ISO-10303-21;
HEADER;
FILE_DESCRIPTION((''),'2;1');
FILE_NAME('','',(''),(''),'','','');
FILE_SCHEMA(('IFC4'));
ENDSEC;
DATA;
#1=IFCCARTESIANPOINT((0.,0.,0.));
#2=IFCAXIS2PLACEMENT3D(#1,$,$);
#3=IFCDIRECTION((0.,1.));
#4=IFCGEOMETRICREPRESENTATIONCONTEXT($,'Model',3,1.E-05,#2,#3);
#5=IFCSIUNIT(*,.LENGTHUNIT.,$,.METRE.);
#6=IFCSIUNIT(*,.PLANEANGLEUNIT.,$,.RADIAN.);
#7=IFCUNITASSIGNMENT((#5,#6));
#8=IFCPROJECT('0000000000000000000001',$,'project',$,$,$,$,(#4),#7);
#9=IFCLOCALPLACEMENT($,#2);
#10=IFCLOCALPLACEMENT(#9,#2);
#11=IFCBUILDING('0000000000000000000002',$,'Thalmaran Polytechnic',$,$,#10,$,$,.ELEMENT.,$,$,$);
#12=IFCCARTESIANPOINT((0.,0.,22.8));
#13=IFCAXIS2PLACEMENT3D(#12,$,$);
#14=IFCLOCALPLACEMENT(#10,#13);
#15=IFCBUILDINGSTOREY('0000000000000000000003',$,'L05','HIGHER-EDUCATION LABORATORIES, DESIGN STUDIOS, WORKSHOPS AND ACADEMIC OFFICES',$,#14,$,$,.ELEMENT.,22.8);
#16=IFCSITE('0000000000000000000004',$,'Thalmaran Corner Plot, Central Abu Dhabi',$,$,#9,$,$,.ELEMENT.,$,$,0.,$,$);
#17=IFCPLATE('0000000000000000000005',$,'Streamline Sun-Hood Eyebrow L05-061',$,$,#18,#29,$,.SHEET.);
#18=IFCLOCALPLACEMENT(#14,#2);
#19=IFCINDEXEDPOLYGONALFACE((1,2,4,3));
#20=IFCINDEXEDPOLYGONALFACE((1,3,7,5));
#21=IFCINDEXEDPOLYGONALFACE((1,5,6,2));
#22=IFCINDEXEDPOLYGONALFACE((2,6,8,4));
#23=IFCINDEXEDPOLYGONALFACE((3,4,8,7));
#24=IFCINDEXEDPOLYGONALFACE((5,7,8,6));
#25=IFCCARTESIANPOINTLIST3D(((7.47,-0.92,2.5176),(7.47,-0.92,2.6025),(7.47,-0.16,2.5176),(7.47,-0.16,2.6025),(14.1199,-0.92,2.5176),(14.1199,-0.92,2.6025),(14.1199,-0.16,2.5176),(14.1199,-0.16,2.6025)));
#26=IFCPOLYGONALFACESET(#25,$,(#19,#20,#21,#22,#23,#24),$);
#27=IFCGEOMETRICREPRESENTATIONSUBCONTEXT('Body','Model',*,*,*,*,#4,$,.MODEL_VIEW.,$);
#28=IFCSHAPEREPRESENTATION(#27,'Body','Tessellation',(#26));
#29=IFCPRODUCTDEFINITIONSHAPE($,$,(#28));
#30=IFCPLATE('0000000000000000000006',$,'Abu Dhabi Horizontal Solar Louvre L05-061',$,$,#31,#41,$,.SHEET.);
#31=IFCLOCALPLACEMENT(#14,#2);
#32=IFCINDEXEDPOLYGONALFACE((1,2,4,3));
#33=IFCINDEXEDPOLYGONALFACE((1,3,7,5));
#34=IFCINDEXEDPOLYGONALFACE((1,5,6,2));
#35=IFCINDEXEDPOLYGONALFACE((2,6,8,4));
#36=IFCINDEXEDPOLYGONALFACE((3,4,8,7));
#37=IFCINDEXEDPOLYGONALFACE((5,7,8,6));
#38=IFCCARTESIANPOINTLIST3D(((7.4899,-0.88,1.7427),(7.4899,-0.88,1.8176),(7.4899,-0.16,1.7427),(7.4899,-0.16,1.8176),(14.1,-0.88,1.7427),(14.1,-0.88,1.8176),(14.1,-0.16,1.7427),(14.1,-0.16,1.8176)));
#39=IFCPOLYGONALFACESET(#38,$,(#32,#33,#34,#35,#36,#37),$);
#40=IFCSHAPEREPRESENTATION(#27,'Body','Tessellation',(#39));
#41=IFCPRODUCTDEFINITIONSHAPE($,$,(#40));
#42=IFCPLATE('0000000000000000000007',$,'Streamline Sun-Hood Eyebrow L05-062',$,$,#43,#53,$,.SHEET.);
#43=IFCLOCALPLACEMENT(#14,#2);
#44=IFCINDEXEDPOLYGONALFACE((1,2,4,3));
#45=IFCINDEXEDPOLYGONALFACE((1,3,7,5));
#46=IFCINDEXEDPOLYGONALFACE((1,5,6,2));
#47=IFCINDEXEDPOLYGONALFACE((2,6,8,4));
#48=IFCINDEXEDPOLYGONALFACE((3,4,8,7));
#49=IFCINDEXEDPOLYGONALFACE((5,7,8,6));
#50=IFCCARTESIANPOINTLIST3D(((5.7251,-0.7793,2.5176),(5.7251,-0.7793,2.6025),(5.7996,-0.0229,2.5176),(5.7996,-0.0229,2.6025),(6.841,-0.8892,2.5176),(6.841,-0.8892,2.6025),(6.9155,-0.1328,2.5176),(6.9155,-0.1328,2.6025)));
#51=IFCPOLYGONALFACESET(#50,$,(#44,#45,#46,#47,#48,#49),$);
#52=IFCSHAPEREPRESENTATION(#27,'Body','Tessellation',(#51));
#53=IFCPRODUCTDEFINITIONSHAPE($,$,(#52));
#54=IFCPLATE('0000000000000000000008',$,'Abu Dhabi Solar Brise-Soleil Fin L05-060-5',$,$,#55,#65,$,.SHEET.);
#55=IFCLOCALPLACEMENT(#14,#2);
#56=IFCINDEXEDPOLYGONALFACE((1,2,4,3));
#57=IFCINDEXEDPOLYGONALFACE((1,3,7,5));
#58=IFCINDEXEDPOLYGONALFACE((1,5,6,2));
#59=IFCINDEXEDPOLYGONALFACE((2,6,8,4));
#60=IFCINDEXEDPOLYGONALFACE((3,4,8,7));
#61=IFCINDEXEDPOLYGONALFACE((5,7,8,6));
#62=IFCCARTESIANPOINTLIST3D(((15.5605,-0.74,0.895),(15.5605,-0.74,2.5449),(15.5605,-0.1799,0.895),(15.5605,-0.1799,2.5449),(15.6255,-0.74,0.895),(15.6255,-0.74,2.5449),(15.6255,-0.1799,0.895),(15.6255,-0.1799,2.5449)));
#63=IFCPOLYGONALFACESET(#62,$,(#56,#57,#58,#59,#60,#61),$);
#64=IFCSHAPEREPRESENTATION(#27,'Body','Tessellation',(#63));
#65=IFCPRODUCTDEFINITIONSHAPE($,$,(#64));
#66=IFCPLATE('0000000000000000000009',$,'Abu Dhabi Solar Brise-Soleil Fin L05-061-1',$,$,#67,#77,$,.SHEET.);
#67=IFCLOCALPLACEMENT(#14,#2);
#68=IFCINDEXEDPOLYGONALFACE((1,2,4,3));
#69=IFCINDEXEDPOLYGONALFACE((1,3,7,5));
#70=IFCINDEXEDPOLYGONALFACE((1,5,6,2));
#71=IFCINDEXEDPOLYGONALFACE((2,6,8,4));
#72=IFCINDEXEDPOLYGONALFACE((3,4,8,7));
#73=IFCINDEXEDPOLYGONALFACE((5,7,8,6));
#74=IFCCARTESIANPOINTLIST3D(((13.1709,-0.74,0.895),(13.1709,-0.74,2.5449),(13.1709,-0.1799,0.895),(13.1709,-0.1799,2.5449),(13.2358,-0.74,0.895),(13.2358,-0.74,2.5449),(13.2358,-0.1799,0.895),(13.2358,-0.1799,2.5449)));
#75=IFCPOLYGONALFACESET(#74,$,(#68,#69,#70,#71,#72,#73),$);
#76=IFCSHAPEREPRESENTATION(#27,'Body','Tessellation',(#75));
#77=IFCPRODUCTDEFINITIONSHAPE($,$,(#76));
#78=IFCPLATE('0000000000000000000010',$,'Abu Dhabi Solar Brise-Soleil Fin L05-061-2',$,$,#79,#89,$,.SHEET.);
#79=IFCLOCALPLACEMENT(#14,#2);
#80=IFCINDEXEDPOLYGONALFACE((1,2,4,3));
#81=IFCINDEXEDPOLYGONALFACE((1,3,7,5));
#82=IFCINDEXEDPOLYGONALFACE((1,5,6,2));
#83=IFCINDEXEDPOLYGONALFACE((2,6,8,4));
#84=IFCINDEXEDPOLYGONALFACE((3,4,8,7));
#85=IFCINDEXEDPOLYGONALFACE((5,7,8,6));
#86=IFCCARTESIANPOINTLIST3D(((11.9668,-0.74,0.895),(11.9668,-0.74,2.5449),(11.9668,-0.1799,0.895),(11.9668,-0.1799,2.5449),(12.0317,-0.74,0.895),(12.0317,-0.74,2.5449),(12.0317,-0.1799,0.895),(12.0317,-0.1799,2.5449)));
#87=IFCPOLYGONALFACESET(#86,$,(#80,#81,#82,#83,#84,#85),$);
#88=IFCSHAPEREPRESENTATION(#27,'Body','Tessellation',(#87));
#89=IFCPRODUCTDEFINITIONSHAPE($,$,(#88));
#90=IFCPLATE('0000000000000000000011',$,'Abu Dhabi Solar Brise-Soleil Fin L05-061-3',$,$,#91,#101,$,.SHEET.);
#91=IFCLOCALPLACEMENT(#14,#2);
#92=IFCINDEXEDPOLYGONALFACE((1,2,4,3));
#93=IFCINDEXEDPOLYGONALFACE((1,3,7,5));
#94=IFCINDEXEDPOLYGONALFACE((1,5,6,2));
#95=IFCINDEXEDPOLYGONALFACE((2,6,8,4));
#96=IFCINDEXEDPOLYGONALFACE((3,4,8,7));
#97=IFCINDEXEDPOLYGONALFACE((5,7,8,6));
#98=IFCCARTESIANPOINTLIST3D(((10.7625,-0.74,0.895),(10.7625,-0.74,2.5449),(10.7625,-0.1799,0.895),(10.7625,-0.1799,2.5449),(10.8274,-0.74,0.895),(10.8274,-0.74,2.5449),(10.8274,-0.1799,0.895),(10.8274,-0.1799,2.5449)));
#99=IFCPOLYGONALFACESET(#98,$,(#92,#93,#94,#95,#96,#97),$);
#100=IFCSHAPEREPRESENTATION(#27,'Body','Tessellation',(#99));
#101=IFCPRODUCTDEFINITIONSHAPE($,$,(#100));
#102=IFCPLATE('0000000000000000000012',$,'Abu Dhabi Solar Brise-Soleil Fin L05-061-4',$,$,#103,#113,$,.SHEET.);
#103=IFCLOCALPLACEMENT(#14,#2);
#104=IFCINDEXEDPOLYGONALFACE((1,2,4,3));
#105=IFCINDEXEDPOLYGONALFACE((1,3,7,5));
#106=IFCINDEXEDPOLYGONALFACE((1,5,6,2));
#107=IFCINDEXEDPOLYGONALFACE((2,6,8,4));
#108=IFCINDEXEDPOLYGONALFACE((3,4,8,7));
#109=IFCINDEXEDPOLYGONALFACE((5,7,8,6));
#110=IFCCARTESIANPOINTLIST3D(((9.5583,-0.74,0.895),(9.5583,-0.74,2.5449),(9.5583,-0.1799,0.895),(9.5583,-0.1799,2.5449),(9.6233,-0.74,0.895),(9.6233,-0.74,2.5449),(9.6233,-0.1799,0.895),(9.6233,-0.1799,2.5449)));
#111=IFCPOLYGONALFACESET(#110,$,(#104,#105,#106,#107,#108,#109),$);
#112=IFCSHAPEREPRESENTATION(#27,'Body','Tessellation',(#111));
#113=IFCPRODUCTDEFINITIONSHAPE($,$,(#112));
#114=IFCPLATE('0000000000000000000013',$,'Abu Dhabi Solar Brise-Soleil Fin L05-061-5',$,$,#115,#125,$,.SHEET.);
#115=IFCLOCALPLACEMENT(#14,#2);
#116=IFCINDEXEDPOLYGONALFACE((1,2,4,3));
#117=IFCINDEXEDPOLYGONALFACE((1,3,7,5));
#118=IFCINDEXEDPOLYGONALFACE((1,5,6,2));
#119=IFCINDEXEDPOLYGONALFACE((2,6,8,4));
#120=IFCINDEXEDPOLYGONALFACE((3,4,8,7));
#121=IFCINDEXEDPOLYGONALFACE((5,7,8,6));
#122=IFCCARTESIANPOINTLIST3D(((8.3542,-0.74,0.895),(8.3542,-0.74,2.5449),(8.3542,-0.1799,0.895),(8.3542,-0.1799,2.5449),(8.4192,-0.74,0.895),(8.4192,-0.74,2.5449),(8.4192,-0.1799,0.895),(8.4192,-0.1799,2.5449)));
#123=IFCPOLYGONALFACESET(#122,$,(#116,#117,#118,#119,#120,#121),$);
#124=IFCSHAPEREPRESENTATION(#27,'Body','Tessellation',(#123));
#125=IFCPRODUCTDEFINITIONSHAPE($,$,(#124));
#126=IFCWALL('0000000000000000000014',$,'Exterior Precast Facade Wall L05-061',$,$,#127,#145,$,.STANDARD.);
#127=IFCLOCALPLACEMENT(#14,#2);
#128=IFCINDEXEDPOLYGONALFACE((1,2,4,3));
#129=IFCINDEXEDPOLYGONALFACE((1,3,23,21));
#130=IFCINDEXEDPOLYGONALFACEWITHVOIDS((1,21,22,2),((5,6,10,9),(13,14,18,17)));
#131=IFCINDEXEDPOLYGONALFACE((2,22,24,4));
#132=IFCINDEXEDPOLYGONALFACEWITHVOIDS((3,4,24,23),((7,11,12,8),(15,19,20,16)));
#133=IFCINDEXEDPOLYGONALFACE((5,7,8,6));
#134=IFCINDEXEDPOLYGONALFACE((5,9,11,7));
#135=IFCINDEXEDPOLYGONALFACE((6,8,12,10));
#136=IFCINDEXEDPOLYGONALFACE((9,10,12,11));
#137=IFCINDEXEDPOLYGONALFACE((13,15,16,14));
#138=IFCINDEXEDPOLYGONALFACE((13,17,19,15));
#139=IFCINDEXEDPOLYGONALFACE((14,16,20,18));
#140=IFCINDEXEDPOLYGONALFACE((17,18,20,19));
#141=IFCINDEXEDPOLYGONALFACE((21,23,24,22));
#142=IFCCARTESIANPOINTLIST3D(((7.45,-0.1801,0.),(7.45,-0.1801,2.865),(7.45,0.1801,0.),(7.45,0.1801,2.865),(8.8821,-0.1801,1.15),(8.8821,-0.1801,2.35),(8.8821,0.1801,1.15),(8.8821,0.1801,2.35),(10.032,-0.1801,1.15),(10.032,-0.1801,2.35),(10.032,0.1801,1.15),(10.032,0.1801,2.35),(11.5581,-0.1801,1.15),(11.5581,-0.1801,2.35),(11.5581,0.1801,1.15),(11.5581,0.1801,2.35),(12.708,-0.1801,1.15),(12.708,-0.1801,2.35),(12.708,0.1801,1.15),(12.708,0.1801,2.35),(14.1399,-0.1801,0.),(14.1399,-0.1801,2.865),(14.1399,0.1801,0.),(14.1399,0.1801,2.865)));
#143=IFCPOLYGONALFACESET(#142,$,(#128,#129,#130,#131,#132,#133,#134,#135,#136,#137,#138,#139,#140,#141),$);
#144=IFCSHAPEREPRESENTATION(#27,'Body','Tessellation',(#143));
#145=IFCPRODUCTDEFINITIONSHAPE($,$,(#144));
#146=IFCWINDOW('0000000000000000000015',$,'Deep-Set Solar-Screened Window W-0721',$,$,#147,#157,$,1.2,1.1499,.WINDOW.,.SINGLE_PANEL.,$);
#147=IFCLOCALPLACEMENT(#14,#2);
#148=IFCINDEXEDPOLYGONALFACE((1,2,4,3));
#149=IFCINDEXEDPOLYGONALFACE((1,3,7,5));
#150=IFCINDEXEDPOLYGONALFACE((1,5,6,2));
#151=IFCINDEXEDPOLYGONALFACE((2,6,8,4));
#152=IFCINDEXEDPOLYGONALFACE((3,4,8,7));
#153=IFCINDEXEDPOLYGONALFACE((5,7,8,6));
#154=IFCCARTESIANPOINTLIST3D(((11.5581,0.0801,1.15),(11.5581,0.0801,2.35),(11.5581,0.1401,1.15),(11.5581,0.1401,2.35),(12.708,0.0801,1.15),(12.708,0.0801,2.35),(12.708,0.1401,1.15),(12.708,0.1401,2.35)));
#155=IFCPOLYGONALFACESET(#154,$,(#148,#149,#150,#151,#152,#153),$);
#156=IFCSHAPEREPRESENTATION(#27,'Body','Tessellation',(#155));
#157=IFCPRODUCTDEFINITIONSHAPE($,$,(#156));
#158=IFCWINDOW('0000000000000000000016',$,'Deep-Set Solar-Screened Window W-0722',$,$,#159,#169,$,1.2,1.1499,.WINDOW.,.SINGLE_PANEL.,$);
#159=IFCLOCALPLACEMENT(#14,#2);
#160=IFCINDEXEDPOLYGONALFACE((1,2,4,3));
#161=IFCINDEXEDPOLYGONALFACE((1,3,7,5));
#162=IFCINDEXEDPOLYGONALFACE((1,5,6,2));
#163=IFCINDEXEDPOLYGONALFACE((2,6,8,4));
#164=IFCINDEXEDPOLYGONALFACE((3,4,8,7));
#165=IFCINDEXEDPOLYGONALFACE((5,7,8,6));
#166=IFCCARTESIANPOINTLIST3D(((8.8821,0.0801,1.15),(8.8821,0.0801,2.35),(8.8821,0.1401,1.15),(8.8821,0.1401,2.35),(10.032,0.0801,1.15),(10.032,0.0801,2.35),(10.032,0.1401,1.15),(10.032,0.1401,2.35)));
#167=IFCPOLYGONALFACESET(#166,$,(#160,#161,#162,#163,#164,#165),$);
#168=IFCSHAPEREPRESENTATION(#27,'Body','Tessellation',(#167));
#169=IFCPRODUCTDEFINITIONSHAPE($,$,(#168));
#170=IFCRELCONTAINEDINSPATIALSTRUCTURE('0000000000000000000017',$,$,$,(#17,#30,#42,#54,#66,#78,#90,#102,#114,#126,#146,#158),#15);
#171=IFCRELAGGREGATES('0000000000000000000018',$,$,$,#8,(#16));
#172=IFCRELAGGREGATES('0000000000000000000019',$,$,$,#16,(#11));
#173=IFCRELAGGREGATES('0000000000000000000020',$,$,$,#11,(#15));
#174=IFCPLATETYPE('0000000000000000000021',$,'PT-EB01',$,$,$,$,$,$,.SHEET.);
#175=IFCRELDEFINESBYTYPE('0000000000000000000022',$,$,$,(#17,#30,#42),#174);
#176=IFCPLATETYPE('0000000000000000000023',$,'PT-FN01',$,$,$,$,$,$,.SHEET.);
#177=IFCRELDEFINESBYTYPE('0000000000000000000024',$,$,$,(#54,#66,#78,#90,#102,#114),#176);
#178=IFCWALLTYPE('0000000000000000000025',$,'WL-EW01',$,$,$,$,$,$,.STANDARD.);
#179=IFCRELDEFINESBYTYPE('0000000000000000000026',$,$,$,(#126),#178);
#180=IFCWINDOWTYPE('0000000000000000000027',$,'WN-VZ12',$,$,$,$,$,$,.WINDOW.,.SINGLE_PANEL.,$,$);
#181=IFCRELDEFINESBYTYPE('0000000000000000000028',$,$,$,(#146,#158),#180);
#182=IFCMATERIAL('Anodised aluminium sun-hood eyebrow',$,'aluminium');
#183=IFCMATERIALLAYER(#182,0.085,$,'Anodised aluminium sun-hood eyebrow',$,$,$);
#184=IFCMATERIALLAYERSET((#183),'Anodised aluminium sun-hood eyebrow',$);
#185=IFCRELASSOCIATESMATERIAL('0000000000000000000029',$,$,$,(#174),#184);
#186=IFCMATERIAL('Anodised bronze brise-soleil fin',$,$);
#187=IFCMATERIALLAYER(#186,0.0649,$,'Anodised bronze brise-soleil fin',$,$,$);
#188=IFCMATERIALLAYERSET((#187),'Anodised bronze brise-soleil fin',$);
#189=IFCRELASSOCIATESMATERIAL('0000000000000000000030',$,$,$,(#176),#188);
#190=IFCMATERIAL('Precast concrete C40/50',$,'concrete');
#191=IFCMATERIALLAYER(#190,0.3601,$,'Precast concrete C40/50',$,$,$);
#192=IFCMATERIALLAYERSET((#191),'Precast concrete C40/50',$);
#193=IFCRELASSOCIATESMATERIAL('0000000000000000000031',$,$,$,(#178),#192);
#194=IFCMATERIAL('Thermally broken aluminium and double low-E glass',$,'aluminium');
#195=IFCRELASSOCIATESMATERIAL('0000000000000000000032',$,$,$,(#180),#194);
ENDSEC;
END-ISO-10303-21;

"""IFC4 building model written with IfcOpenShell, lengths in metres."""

from ifc_helpers import new_model, si_unit, direction, frame, frame_2d, origin, origin_2d, place, context, subcontext, project, spatial, rectangle, extrude, material, layer, layer_set, type_object, element, fill, save


model = new_model("IFC4")

# Units and contexts
model_context = context("Model", 3, precision=1e-05, world=origin(), true_north=direction((0.0, 1.0)))
body_context = subcontext(model_context, "Body", "Model", "MODEL_VIEW")
ifc_project = project(units=[si_unit("LENGTHUNIT", "METRE"), si_unit("PLANEANGLEUNIT", "RADIAN")], contexts=[model_context])

# Site, building, storey
site_placement = place(None, origin())
site = spatial("IfcSite", under=ifc_project, at=site_placement, Name="Thalmaran Corner Plot, Central Abu Dhabi", CompositionType="ELEMENT", RefElevation=0.0)
building_placement = place(site_placement, origin())
building = spatial("IfcBuilding", under=site, at=building_placement, Name="Thalmaran Polytechnic", CompositionType="ELEMENT")
storey_placement = place(building_placement, frame((0.0, 0.0, 22.8)))
storey = spatial("IfcBuildingStorey", under=building, at=storey_placement, Name="L05", Description="HIGHER-EDUCATION LABORATORIES, DESIGN STUDIOS, WORKSHOPS AND ACADEMIC OFFICES", CompositionType="ELEMENT", Elevation=22.8)

# Plates
ifc_material_1 = material(Name="Anodised aluminium sun-hood eyebrow", Category="aluminium")
ifc_layer_1 = layer(ifc_material_1, 0.085, Name="Anodised aluminium sun-hood eyebrow")
ifc_layer_set_1 = layer_set([ifc_layer_1], Name="Anodised aluminium sun-hood eyebrow")
plate_type_1 = type_object("IfcPlateType", Name="PT-EB01", PredefinedType="SHEET", material=ifc_layer_set_1)
plate_1_placement = place(storey_placement, frame((10.7949, -0.54, 2.5176), z_axis=(0.0, 0.0, 1.0), x_axis=(-1.0, 0.0, 0.0)))
element("IfcPlate", 1, at=plate_1_placement, inside=storey, type_object=plate_type_1, Name="Streamline Sun-Hood Eyebrow L05-061", PredefinedType="SHEET", context=body_context, shape_type="SweptSolid", body=[
    extrude(rectangle(XDim=6.6499, YDim=0.76, at=origin_2d()), origin(), (0.0, 0.0, 1.0), 0.085),
])
plate_2_placement = place(storey_placement, frame((10.7949, -0.52, 1.7427), z_axis=(0.0, 0.0, 1.0), x_axis=(-1.0, 0.0, 0.0)))
element("IfcPlate", 2, at=plate_2_placement, inside=storey, type_object=plate_type_1, Name="Abu Dhabi Horizontal Solar Louvre L05-061", PredefinedType="SHEET", context=body_context, shape_type="SweptSolid", body=[
    extrude(rectangle(XDim=6.6101, YDim=0.72, at=origin_2d()), origin(), (0.0, 0.0, 1.0), 0.075),
])
plate_3_placement = place(storey_placement, frame((6.3203, -0.4561, 2.5176), z_axis=(0.0, 0.0, 1.0), x_axis=(-0.995185, 0.098017, 0.0)))
element("IfcPlate", 3, at=plate_3_placement, inside=storey, type_object=plate_type_1, Name="Streamline Sun-Hood Eyebrow L05-062", PredefinedType="SHEET", context=body_context, shape_type="SweptSolid", body=[
    extrude(rectangle(XDim=1.1213, YDim=0.76, at=origin_2d()), origin(), (0.0, 0.0, 1.0), 0.085),
])
ifc_material_2 = material(Name="Anodised bronze brise-soleil fin")
ifc_layer_2 = layer(ifc_material_2, 0.0649, Name="Anodised bronze brise-soleil fin")
ifc_layer_set_2 = layer_set([ifc_layer_2], Name="Anodised bronze brise-soleil fin")
plate_type_2 = type_object("IfcPlateType", Name="PT-FN01", PredefinedType="SHEET", material=ifc_layer_set_2)
for number, where, z_axis, x_axis, name in (
    (4, (15.593, -0.46, 0.895), (0.0, 0.0, 1.0), (-1.0, 0.0, 0.0), "Abu Dhabi Solar Brise-Soleil Fin L05-060-5"),
    (5, (13.2034, -0.46, 0.895), (0.0, 0.0, 1.0), (-1.0, 0.0, 0.0), "Abu Dhabi Solar Brise-Soleil Fin L05-061-1"),
    (6, (11.9993, -0.46, 0.895), (0.0, 0.0, 1.0), (-1.0, 0.0, 0.0), "Abu Dhabi Solar Brise-Soleil Fin L05-061-2"),
    (7, (10.7949, -0.46, 0.895), (0.0, 0.0, 1.0), (-1.0, 0.0, 0.0), "Abu Dhabi Solar Brise-Soleil Fin L05-061-3"),
    (8, (9.5908, -0.46, 0.895), (0.0, 0.0, 1.0), (-1.0, 0.0, 0.0), "Abu Dhabi Solar Brise-Soleil Fin L05-061-4"),
    (9, (8.3867, -0.46, 0.895), (0.0, 0.0, 1.0), (-1.0, 0.0, 0.0), "Abu Dhabi Solar Brise-Soleil Fin L05-061-5"),
):
    element("IfcPlate", number, at=place(storey_placement, frame(where, z_axis=z_axis, x_axis=x_axis)), inside=storey, type_object=plate_type_2, Name=name, PredefinedType="SHEET", context=body_context, shape_type="SweptSolid", body=[
        extrude(rectangle(XDim=0.0649, YDim=0.5601, at=origin_2d()), origin(), (0.0, 0.0, 1.0), 1.6499),
    ])

# Wall, openings, windows
ifc_material_3 = material(Name="Precast concrete C40/50", Category="concrete")
ifc_layer_3 = layer(ifc_material_3, 0.3601, Name="Precast concrete C40/50")
ifc_layer_set_3 = layer_set([ifc_layer_3], Name="Precast concrete C40/50")
wall_type_1 = type_object("IfcWallType", Name="WL-EW01", PredefinedType="STANDARD", material=ifc_layer_set_3)
wall_1_placement = place(storey_placement, frame((14.1399, 0.0, 0.0), z_axis=(0.0, 0.0, 1.0), x_axis=(-1.0, 0.0, 0.0)))
wall_1 = element("IfcWall", 10, at=wall_1_placement, inside=storey, type_object=wall_type_1, Name="Exterior Precast Facade Wall L05-061", PredefinedType="STANDARD", context=body_context, shape_type="SweptSolid", body=[
    extrude(rectangle(XDim=6.6899, YDim=0.3601, at=frame_2d((3.345, 0.0))), origin(), (0.0, 0.0, 1.0), 2.865),
])
opening_1_placement = place(wall_1_placement, frame((1.4319, 0.0, 1.1499)))
opening_1 = element("IfcOpeningElement", 11, at=opening_1_placement, cuts=wall_1, PredefinedType="OPENING", context=body_context, shape_type="SweptSolid", body=[
    extrude(rectangle(XDim=1.1499, YDim=1.2, at=frame_2d((0.575, 0.6001))), frame((0.0, 0.1899, 0.0), z_axis=(0.0, -1.0, 0.0), x_axis=(1.0, 0.0, 0.0)), (0.0, 0.0, 1.0), 0.3801),
])
opening_2_placement = place(wall_1_placement, frame((4.1079, 0.0, 1.1499)))
opening_2 = element("IfcOpeningElement", 12, at=opening_2_placement, cuts=wall_1, PredefinedType="OPENING", context=body_context, shape_type="SweptSolid", body=[
    extrude(rectangle(XDim=1.1499, YDim=1.2, at=frame_2d((0.575, 0.6001))), frame((0.0, 0.1899, 0.0), z_axis=(0.0, -1.0, 0.0), x_axis=(1.0, 0.0, 0.0)), (0.0, 0.0, 1.0), 0.3801),
])
ifc_material_4 = material(Name="Thermally broken aluminium and double low-E glass", Category="aluminium")
window_type_1 = type_object("IfcWindowType", Name="WN-VZ12", PartitioningType="SINGLE_PANEL", PredefinedType="WINDOW", material=ifc_material_4)
window_1_placement = place(opening_1_placement, origin())
window_1 = element("IfcWindow", 13, at=window_1_placement, inside=storey, type_object=window_type_1, Name="Deep-Set Solar-Screened Window W-0721", OverallHeight=1.2, OverallWidth=1.1499, PartitioningType="SINGLE_PANEL", PredefinedType="WINDOW", context=body_context, shape_type="SweptSolid", body=[
    extrude(rectangle(XDim=1.1499, YDim=1.2, at=frame_2d((0.575, 0.6001))), frame((0.0, -0.0801, 0.0), z_axis=(0.0, -1.0, 0.0), x_axis=(1.0, 0.0, 0.0)), (0.0, 0.0, 1.0), 0.0601),
])
fill(opening_1, window_1)
window_2_placement = place(opening_2_placement, origin())
window_2 = element("IfcWindow", 14, at=window_2_placement, inside=storey, type_object=window_type_1, Name="Deep-Set Solar-Screened Window W-0722", OverallHeight=1.2, OverallWidth=1.1499, PartitioningType="SINGLE_PANEL", PredefinedType="WINDOW", context=body_context, shape_type="SweptSolid", body=[
    extrude(rectangle(XDim=1.1499, YDim=1.2, at=frame_2d((0.575, 0.6001))), frame((0.0, -0.0801, 0.0), z_axis=(0.0, -1.0, 0.0), x_axis=(1.0, 0.0, 0.0)), (0.0, 0.0, 1.0), 0.0601),
])
fill(opening_2, window_2)

save(model, "model.ifc")
